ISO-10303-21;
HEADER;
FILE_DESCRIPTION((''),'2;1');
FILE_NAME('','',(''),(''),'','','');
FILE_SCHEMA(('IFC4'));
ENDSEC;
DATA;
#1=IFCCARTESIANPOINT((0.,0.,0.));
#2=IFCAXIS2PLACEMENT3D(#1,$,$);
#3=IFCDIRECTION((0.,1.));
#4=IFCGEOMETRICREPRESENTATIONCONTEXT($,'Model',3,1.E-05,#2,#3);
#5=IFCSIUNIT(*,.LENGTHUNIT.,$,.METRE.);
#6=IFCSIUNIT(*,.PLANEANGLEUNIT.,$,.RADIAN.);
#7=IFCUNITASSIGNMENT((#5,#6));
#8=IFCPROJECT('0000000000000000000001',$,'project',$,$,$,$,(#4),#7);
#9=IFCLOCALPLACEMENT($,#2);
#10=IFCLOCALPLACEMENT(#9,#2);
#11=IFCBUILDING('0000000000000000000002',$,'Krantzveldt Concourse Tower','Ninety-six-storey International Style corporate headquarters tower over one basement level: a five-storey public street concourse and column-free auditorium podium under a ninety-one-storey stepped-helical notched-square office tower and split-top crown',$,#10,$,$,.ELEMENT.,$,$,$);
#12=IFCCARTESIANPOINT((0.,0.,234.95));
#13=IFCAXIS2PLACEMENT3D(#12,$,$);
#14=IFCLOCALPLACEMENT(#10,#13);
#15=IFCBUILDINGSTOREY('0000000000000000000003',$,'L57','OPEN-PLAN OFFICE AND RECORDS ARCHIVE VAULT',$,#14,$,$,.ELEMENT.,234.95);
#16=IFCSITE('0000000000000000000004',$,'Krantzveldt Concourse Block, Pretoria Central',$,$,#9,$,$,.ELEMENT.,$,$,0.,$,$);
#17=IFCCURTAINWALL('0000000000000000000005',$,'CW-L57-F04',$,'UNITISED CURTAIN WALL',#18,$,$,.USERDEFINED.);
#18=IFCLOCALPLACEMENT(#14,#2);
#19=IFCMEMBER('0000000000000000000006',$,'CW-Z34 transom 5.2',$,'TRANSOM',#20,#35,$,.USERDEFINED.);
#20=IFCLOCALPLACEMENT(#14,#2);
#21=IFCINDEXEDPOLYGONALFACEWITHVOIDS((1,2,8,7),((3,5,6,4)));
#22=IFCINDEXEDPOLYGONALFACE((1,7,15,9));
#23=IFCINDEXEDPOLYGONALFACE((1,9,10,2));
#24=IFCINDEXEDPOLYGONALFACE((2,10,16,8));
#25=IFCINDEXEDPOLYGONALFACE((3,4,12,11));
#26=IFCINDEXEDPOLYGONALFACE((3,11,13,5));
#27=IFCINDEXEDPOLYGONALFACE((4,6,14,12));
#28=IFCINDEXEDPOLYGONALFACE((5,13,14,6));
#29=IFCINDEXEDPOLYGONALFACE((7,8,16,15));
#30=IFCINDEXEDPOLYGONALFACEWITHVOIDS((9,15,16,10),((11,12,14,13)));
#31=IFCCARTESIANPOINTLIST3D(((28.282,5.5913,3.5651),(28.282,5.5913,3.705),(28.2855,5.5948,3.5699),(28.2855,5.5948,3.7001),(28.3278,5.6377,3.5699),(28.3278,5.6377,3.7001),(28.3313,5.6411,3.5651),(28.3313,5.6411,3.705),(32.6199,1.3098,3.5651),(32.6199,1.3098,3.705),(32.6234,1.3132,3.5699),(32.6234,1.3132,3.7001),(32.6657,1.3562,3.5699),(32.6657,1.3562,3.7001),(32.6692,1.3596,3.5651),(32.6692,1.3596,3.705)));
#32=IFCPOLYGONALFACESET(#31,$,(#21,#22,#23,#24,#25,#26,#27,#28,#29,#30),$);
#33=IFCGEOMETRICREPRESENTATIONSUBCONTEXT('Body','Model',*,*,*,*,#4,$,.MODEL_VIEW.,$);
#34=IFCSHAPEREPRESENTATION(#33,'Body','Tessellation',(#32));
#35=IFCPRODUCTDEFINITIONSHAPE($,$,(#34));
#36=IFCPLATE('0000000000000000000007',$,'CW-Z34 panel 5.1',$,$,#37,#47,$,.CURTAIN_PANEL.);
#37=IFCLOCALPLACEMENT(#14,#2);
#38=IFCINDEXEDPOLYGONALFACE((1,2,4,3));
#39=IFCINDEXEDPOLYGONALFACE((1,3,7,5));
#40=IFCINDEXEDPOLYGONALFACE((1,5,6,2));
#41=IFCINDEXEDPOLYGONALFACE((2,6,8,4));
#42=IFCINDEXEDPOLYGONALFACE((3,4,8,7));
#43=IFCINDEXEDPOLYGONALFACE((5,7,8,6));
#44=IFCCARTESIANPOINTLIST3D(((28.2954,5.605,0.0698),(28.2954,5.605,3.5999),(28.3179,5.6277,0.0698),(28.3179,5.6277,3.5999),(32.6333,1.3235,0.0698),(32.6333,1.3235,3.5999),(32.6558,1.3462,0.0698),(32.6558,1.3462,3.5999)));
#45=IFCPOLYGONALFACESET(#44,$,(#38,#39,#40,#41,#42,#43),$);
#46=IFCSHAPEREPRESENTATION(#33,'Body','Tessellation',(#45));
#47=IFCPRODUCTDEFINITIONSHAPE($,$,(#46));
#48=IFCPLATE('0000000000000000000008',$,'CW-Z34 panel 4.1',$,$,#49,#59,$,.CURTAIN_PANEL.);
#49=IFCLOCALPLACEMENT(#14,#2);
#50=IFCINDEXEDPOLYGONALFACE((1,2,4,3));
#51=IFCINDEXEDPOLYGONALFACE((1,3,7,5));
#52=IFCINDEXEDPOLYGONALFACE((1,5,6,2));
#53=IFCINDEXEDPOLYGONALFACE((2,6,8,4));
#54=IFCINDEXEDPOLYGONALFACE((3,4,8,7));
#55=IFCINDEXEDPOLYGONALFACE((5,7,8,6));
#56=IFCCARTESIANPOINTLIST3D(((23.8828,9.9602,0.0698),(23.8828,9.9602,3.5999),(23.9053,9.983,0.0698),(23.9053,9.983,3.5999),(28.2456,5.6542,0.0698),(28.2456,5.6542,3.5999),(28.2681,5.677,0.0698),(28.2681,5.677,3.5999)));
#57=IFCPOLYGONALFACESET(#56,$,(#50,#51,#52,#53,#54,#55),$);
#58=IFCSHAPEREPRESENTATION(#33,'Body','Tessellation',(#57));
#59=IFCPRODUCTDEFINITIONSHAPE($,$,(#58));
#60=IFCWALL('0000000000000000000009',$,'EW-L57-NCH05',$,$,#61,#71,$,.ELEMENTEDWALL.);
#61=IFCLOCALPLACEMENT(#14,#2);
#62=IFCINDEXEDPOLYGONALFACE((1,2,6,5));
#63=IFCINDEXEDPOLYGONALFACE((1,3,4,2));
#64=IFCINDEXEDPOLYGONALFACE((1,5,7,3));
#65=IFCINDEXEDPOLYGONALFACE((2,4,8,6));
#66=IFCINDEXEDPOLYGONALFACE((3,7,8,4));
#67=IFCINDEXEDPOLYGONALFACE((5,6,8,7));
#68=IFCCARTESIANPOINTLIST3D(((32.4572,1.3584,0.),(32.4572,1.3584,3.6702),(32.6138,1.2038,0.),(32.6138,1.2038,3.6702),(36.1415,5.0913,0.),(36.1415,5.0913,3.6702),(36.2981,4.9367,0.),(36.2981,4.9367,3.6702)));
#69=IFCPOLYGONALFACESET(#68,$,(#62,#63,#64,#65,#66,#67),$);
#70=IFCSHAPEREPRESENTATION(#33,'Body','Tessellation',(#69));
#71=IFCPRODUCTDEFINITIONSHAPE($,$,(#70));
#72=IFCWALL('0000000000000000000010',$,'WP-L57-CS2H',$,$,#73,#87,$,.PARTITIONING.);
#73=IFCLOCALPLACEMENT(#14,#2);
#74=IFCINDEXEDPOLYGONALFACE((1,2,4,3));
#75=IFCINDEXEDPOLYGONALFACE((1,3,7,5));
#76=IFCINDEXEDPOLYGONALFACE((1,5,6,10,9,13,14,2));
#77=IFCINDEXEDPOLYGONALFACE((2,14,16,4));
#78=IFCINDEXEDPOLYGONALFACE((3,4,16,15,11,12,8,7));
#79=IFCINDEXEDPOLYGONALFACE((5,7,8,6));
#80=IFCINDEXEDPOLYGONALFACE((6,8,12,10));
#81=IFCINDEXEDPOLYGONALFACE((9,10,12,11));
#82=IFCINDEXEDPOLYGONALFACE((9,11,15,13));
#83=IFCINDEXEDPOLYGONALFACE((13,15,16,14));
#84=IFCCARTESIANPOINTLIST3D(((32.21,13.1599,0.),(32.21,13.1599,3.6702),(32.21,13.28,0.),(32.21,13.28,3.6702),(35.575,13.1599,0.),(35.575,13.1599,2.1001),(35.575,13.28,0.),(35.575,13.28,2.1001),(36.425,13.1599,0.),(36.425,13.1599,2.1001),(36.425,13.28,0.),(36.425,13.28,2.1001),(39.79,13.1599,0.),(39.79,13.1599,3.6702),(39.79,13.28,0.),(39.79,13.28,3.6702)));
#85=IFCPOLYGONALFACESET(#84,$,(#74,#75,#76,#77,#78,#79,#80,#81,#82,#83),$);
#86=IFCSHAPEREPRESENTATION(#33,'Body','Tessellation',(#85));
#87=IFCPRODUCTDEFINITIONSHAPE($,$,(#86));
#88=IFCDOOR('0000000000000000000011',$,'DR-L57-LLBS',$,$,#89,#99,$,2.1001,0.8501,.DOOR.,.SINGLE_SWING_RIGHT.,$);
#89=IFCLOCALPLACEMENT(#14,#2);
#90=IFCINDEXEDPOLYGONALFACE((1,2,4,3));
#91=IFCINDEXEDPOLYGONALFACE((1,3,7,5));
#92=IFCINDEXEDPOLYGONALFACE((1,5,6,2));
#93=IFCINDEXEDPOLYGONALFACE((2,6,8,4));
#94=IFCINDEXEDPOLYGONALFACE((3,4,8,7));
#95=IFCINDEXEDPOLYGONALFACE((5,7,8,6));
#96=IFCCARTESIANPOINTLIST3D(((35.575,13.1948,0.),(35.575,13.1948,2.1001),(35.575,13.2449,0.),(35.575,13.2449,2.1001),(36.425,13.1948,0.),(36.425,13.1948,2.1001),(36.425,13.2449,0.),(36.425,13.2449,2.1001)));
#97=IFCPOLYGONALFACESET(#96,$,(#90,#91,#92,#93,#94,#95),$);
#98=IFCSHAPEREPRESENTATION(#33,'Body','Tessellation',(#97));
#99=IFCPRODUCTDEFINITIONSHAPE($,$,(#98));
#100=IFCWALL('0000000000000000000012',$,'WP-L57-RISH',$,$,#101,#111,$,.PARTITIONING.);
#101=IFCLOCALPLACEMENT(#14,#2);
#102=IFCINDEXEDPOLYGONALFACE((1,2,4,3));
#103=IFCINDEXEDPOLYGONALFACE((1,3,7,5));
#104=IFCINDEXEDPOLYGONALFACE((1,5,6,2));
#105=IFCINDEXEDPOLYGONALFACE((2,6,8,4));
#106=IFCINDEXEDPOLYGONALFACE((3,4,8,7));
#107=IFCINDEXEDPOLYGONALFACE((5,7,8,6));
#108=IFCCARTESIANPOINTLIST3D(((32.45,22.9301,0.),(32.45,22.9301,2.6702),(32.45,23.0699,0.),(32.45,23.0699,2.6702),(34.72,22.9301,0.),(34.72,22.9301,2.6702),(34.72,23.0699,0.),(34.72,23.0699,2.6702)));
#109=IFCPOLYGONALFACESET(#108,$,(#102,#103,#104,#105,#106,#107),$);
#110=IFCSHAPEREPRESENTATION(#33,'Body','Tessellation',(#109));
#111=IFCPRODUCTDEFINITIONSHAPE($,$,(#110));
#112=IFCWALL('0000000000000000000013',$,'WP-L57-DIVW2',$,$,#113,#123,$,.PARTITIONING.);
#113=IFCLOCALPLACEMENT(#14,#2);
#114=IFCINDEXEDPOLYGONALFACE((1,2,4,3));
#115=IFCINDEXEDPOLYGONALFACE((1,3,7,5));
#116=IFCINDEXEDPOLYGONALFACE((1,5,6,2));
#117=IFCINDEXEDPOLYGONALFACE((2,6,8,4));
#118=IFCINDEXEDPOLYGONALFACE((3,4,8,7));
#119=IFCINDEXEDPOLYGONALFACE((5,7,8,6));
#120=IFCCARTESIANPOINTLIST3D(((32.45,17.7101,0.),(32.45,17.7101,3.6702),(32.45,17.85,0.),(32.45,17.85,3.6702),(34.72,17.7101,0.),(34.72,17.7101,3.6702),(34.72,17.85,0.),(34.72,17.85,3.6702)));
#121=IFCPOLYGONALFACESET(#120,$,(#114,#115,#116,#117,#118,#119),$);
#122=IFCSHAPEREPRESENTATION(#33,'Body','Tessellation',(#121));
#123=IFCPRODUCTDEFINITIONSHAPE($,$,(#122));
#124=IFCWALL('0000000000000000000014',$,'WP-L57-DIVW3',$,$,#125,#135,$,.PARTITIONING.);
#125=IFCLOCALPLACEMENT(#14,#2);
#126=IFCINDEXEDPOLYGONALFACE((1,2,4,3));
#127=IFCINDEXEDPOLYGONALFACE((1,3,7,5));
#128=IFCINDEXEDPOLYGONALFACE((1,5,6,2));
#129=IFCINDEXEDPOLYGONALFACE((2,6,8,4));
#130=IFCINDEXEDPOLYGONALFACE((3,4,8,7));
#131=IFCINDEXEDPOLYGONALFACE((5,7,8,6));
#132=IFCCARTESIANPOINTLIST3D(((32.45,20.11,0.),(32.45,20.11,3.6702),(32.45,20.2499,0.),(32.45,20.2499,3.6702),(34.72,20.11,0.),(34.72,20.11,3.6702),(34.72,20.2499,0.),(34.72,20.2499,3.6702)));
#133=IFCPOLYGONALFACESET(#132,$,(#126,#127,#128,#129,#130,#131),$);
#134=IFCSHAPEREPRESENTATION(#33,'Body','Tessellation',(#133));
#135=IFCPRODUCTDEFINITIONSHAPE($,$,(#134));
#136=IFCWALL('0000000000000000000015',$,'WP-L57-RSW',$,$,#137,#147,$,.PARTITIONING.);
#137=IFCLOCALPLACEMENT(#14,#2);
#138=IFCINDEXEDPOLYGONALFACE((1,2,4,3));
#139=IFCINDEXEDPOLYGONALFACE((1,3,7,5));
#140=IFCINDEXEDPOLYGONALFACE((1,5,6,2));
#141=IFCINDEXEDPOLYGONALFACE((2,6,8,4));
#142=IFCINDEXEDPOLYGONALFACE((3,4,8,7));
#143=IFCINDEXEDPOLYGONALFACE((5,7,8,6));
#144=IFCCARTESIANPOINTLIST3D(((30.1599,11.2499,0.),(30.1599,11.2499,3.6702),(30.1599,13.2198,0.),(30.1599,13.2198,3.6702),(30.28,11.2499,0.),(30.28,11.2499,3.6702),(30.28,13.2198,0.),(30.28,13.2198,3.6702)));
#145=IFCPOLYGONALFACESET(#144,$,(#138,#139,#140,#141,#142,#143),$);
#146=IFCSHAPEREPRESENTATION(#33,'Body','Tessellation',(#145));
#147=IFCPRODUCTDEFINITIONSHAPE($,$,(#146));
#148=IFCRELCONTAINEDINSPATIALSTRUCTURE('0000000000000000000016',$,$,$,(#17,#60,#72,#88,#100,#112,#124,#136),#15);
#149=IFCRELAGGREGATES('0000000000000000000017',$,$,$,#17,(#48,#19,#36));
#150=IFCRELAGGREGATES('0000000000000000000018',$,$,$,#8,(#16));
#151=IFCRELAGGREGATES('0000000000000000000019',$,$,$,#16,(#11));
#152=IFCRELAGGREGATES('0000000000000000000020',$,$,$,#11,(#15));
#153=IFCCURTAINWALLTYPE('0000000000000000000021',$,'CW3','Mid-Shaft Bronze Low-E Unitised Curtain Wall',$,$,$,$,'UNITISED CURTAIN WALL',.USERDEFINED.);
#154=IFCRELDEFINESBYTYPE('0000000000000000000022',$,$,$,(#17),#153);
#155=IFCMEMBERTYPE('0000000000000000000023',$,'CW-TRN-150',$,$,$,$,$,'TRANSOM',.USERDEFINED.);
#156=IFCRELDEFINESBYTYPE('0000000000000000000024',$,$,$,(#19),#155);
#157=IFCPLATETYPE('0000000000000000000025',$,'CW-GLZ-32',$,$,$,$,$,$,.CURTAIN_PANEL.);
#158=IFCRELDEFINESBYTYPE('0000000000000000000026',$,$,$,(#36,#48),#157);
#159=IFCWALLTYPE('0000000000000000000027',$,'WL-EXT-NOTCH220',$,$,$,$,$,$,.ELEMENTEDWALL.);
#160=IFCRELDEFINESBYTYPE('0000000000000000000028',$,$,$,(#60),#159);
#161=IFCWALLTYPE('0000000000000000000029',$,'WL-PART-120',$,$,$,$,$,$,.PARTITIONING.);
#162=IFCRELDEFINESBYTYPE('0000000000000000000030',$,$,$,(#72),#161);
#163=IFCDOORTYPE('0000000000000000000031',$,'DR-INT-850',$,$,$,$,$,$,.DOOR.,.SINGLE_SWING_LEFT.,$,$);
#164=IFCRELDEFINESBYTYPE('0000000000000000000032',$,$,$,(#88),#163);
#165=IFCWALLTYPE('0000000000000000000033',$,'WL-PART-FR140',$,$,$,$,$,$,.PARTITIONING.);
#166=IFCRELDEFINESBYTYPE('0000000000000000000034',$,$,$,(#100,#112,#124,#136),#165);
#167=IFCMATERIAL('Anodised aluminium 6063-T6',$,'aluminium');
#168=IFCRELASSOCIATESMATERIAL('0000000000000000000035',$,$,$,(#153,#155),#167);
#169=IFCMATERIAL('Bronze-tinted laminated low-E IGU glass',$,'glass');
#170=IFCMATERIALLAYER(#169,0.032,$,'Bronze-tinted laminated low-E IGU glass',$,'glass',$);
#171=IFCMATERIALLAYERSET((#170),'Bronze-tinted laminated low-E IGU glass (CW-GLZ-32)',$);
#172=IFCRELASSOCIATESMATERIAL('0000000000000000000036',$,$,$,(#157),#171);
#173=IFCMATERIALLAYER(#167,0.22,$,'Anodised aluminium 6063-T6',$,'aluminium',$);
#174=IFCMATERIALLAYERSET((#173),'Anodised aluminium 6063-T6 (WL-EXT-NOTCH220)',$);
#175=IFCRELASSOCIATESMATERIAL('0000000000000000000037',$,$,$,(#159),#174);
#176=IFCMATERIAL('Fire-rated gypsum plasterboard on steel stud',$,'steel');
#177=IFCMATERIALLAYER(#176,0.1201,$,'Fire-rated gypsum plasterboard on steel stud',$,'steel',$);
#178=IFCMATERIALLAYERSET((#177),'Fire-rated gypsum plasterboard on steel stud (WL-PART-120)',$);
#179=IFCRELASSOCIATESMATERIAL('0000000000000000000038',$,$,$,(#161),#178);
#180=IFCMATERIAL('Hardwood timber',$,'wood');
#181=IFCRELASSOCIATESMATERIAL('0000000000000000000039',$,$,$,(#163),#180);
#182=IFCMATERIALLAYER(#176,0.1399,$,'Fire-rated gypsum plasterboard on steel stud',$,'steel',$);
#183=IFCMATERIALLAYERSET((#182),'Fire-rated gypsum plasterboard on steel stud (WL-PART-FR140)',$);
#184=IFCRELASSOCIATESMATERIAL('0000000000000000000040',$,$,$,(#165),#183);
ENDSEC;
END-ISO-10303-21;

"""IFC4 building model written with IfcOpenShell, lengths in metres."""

from ifc_helpers import new_model, si_unit, direction, frame, frame_2d, origin, origin_2d, place, context, subcontext, project, spatial, rectangle, hollow_rectangle, extrude, source, transform, mapped, material, layer, layer_set, material_profile, profile_set, type_object, type_shapes, element, fill, aggregate, save


model = new_model("IFC4")

# Units and contexts
model_context = context("Model", 3, precision=1e-05, world=origin(), true_north=direction((0.0, 1.0)))
body_context = subcontext(model_context, "Body", "Model", "MODEL_VIEW")
ifc_project = project(units=[si_unit("LENGTHUNIT", "METRE"), si_unit("PLANEANGLEUNIT", "RADIAN")], contexts=[model_context])

# Site, building, storey
site_placement = place(None, origin())
site = spatial("IfcSite", under=ifc_project, at=site_placement, Name="Krantzveldt Concourse Block, Pretoria Central", CompositionType="ELEMENT", RefElevation=0.0)
building_placement = place(site_placement, origin())
building = spatial("IfcBuilding", under=site, at=building_placement, Name="Krantzveldt Concourse Tower", Description="Ninety-six-storey International Style corporate headquarters tower over one basement level: a five-storey public street concourse and column-free auditorium podium under a ninety-one-storey stepped-helical notched-square office tower and split-top crown", CompositionType="ELEMENT")
storey_placement = place(building_placement, frame((0.0, 0.0, 234.95)))
storey = spatial("IfcBuildingStorey", under=building, at=storey_placement, Name="L57", Description="OPEN-PLAN OFFICE AND RECORDS ARCHIVE VAULT", CompositionType="ELEMENT", Elevation=234.95)

# Curtain wall, member, plates
ifc_material_1 = material(Name="Anodised aluminium 6063-T6", Category="aluminium")
curtain_wall_type = type_object("IfcCurtainWallType", Name="CW3", Description="Mid-Shaft Bronze Low-E Unitised Curtain Wall", ElementType="UNITISED CURTAIN WALL", PredefinedType="USERDEFINED", material=ifc_material_1)
curtain_wall_placement = place(storey_placement, origin())
curtain_wall = element("IfcCurtainWall", 1, at=curtain_wall_placement, inside=storey, type_object=curtain_wall_type, Name="CW-L57-F04", ObjectType="UNITISED CURTAIN WALL", PredefinedType="USERDEFINED")
ifc_material_profile_1 = material_profile(ifc_material_1, hollow_rectangle(XDim=0.0701, YDim=0.1399, WallThickness=0.0049, at=origin_2d()), Name="Anodised aluminium 6063-T6", Category="aluminium")
ifc_profile_set_1 = profile_set([ifc_material_profile_1], Name="Anodised aluminium 6063-T6 - ALU-TRAN 140x70x5")
member_type_1 = type_object("IfcMemberType", Name="CW-TRN-150", ElementType="TRANSOM", PredefinedType="USERDEFINED", material=ifc_profile_set_1)
shared_shape_1 = source(origin(), body_context, "Body", "SweptSolid", [
    extrude(hollow_rectangle(XDim=0.0701, YDim=0.1399, WallThickness=0.0049, at=origin_2d()), origin(), (0.0, 0.0, 1.0), 6.095),
])
type_shapes(member_type_1, [shared_shape_1])
member_1_placement = place(storey_placement, frame((28.3066, 5.6162, 3.635), z_axis=(0.711718, -0.702465, 0.0), x_axis=(0.702465, 0.711718, 0.0)))
member_1 = element("IfcMember", 2, at=member_1_placement, type_object=member_type_1, Name="CW-Z34 transom 5.2", ObjectType="TRANSOM", PredefinedType="USERDEFINED", context=body_context, shape_type="MappedRepresentation", body=[
    mapped(shared_shape_1, transform((0.0, 0.0, 0.0), x_axis=(1.0, 0.0, 0.0), y_axis=(0.0, 1.0, 0.0), z_axis=(0.0, 0.0, 1.0), scale=1.0)),
])
ifc_material_2 = material(Name="Bronze-tinted laminated low-E IGU glass", Category="glass")
ifc_layer_1 = layer(ifc_material_2, 0.032, Name="Bronze-tinted laminated low-E IGU glass", Category="glass")
ifc_layer_set_1 = layer_set([ifc_layer_1], Name="Bronze-tinted laminated low-E IGU glass (CW-GLZ-32)")
plate_type = type_object("IfcPlateType", Name="CW-GLZ-32", PredefinedType="CURTAIN_PANEL", material=ifc_layer_set_1)
shared_shape_2 = source(origin(), body_context, "Body", "SweptSolid", [
    extrude(rectangle(XDim=6.095, YDim=0.032, at=origin_2d()), origin(), (0.0, 0.0, 1.0), 3.53),
])
plate_1_placement = place(storey_placement, frame((30.4756, 3.4756, 0.0698), z_axis=(0.0, 0.0, 1.0), x_axis=(0.71172, -0.702464, 0.0)))
plate_1 = element("IfcPlate", 3, at=plate_1_placement, type_object=plate_type, Name="CW-Z34 panel 5.1", PredefinedType="CURTAIN_PANEL", context=body_context, shape_type="MappedRepresentation", body=[
    mapped(shared_shape_2, transform((0.0, 0.0, 0.0), x_axis=(1.0, 0.0, 0.0), y_axis=(0.0, 1.0, 0.0), z_axis=(0.0, 0.0, 1.0), scale=1.0)),
])
shared_shape_3 = source(origin(), body_context, "Body", "SweptSolid", [
    extrude(rectangle(XDim=6.1299, YDim=0.032, at=origin_2d()), origin(), (0.0, 0.0, 1.0), 3.53),
])
type_shapes(plate_type, [shared_shape_2, shared_shape_3])
plate_2_placement = place(storey_placement, frame((26.0754, 7.8186, 0.0698), z_axis=(0.0, 0.0, 1.0), x_axis=(0.71172, -0.702464, 0.0)))
plate_2 = element("IfcPlate", 4, at=plate_2_placement, type_object=plate_type, Name="CW-Z34 panel 4.1", PredefinedType="CURTAIN_PANEL", context=body_context, shape_type="MappedRepresentation", body=[
    mapped(shared_shape_3, transform((0.0, 0.0, 0.0), x_axis=(1.0, 0.0, 0.0), y_axis=(0.0, 1.0, 0.0), z_axis=(0.0, 0.0, 1.0), scale=1.0)),
])
aggregate(curtain_wall, [plate_2, member_1, plate_1])

# Wall
ifc_layer_2 = layer(ifc_material_1, 0.22, Name="Anodised aluminium 6063-T6", Category="aluminium")
ifc_layer_set_2 = layer_set([ifc_layer_2], Name="Anodised aluminium 6063-T6 (WL-EXT-NOTCH220)")
wall_type_1 = type_object("IfcWallType", Name="WL-EXT-NOTCH220", PredefinedType="ELEMENTEDWALL", material=ifc_layer_set_2)
wall_1_placement = place(storey_placement, frame((32.5354, 1.281, 0.0), z_axis=(0.0, 0.0, 1.0), x_axis=(0.70246, 0.711723, 0.0)))
element("IfcWall", 5, at=wall_1_placement, inside=storey, type_object=wall_type_1, Name="EW-L57-NCH05", PredefinedType="ELEMENTEDWALL", context=body_context, shape_type="SweptSolid", body=[
    extrude(rectangle(XDim=5.2449, YDim=0.22, at=frame_2d((2.6226, 0.0))), origin(), (0.0, 0.0, 1.0), 3.6702),
])

# Wall, opening, door
ifc_material_3 = material(Name="Fire-rated gypsum plasterboard on steel stud", Category="steel")
ifc_layer_3 = layer(ifc_material_3, 0.1201, Name="Fire-rated gypsum plasterboard on steel stud", Category="steel")
ifc_layer_set_3 = layer_set([ifc_layer_3], Name="Fire-rated gypsum plasterboard on steel stud (WL-PART-120)")
wall_type_2 = type_object("IfcWallType", Name="WL-PART-120", PredefinedType="PARTITIONING", material=ifc_layer_set_3)
wall_2_placement = place(storey_placement, frame((32.21, 13.22, 0.0), z_axis=(0.0, 0.0, 1.0), x_axis=(1.0, 0.0, 0.0)))
wall_2 = element("IfcWall", 6, at=wall_2_placement, inside=storey, type_object=wall_type_2, Name="WP-L57-CS2H", PredefinedType="PARTITIONING", context=body_context, shape_type="SweptSolid", body=[
    extrude(rectangle(XDim=7.5801, YDim=0.1201, at=frame_2d((3.79, 0.0))), origin(), (0.0, 0.0, 1.0), 3.6702),
])
opening_1_placement = place(wall_2_placement, frame((3.365, 0.0, 0.0)))
opening_1 = element("IfcOpeningElement", 7, at=opening_1_placement, cuts=wall_2, PredefinedType="OPENING", context=body_context, shape_type="SweptSolid", body=[
    extrude(rectangle(XDim=0.8501, YDim=2.1001, at=frame_2d((0.425, 1.05))), frame((0.0, 0.0701, 0.0), z_axis=(0.0, -1.0, 0.0), x_axis=(1.0, 0.0, 0.0)), (0.0, 0.0, 1.0), 0.1401),
])
ifc_material_4 = material(Name="Hardwood timber", Category="wood")
door_type_1 = type_object("IfcDoorType", Name="DR-INT-850", OperationType="SINGLE_SWING_LEFT", PredefinedType="DOOR", material=ifc_material_4)
door_1_placement = place(opening_1_placement, origin())
door_1 = element("IfcDoor", 8, at=door_1_placement, inside=storey, type_object=door_type_1, Name="DR-L57-LLBS", OperationType="SINGLE_SWING_RIGHT", OverallHeight=2.1001, OverallWidth=0.8501, PredefinedType="DOOR", context=body_context, shape_type="SweptSolid", body=[
    extrude(rectangle(XDim=0.8501, YDim=2.1001, at=frame_2d((0.425, 1.05))), frame((0.0, 0.0249, 0.0), z_axis=(0.0, -1.0, 0.0), x_axis=(1.0, 0.0, 0.0)), (0.0, 0.0, 1.0), 0.05),
])
fill(opening_1, door_1)

# Walls
ifc_layer_4 = layer(ifc_material_3, 0.1399, Name="Fire-rated gypsum plasterboard on steel stud", Category="steel")
ifc_layer_set_4 = layer_set([ifc_layer_4], Name="Fire-rated gypsum plasterboard on steel stud (WL-PART-FR140)")
wall_type_3 = type_object("IfcWallType", Name="WL-PART-FR140", PredefinedType="PARTITIONING", material=ifc_layer_set_4)
wall_3_placement = place(storey_placement, frame((32.45, 23.0, 0.0), z_axis=(0.0, 0.0, 1.0), x_axis=(1.0, 0.0, 0.0)))
element("IfcWall", 9, at=wall_3_placement, inside=storey, type_object=wall_type_3, Name="WP-L57-RISH", PredefinedType="PARTITIONING", context=body_context, shape_type="SweptSolid", body=[
    extrude(rectangle(XDim=2.27, YDim=0.1399, at=frame_2d((1.135, 0.0))), origin(), (0.0, 0.0, 1.0), 2.6702),
])
for number, where, z_axis, x_axis, name in (
    (10, (32.45, 17.78, 0.0), (0.0, 0.0, 1.0), (1.0, 0.0, 0.0), "WP-L57-DIVW2"),
    (11, (32.45, 20.1799, 0.0), (0.0, 0.0, 1.0), (1.0, 0.0, 0.0), "WP-L57-DIVW3"),
):
    element("IfcWall", number, at=place(storey_placement, frame(where, z_axis=z_axis, x_axis=x_axis)), inside=storey, type_object=wall_type_3, Name=name, PredefinedType="PARTITIONING", context=body_context, shape_type="SweptSolid", body=[
        extrude(rectangle(XDim=2.27, YDim=0.1399, at=frame_2d((1.135, 0.0))), origin(), (0.0, 0.0, 1.0), 3.6702),
    ])
wall_4_placement = place(storey_placement, frame((30.22, 11.25, 0.0), z_axis=(0.0, 0.0, 1.0), x_axis=(0.0, 1.0, 0.0)))
element("IfcWall", 12, at=wall_4_placement, inside=storey, type_object=wall_type_3, Name="WP-L57-RSW", PredefinedType="PARTITIONING", context=body_context, shape_type="SweptSolid", body=[
    extrude(rectangle(XDim=1.97, YDim=0.1201, at=frame_2d((0.9849, 0.0))), origin(), (0.0, 0.0, 1.0), 3.6702),
])

save(model, "model.ifc")
